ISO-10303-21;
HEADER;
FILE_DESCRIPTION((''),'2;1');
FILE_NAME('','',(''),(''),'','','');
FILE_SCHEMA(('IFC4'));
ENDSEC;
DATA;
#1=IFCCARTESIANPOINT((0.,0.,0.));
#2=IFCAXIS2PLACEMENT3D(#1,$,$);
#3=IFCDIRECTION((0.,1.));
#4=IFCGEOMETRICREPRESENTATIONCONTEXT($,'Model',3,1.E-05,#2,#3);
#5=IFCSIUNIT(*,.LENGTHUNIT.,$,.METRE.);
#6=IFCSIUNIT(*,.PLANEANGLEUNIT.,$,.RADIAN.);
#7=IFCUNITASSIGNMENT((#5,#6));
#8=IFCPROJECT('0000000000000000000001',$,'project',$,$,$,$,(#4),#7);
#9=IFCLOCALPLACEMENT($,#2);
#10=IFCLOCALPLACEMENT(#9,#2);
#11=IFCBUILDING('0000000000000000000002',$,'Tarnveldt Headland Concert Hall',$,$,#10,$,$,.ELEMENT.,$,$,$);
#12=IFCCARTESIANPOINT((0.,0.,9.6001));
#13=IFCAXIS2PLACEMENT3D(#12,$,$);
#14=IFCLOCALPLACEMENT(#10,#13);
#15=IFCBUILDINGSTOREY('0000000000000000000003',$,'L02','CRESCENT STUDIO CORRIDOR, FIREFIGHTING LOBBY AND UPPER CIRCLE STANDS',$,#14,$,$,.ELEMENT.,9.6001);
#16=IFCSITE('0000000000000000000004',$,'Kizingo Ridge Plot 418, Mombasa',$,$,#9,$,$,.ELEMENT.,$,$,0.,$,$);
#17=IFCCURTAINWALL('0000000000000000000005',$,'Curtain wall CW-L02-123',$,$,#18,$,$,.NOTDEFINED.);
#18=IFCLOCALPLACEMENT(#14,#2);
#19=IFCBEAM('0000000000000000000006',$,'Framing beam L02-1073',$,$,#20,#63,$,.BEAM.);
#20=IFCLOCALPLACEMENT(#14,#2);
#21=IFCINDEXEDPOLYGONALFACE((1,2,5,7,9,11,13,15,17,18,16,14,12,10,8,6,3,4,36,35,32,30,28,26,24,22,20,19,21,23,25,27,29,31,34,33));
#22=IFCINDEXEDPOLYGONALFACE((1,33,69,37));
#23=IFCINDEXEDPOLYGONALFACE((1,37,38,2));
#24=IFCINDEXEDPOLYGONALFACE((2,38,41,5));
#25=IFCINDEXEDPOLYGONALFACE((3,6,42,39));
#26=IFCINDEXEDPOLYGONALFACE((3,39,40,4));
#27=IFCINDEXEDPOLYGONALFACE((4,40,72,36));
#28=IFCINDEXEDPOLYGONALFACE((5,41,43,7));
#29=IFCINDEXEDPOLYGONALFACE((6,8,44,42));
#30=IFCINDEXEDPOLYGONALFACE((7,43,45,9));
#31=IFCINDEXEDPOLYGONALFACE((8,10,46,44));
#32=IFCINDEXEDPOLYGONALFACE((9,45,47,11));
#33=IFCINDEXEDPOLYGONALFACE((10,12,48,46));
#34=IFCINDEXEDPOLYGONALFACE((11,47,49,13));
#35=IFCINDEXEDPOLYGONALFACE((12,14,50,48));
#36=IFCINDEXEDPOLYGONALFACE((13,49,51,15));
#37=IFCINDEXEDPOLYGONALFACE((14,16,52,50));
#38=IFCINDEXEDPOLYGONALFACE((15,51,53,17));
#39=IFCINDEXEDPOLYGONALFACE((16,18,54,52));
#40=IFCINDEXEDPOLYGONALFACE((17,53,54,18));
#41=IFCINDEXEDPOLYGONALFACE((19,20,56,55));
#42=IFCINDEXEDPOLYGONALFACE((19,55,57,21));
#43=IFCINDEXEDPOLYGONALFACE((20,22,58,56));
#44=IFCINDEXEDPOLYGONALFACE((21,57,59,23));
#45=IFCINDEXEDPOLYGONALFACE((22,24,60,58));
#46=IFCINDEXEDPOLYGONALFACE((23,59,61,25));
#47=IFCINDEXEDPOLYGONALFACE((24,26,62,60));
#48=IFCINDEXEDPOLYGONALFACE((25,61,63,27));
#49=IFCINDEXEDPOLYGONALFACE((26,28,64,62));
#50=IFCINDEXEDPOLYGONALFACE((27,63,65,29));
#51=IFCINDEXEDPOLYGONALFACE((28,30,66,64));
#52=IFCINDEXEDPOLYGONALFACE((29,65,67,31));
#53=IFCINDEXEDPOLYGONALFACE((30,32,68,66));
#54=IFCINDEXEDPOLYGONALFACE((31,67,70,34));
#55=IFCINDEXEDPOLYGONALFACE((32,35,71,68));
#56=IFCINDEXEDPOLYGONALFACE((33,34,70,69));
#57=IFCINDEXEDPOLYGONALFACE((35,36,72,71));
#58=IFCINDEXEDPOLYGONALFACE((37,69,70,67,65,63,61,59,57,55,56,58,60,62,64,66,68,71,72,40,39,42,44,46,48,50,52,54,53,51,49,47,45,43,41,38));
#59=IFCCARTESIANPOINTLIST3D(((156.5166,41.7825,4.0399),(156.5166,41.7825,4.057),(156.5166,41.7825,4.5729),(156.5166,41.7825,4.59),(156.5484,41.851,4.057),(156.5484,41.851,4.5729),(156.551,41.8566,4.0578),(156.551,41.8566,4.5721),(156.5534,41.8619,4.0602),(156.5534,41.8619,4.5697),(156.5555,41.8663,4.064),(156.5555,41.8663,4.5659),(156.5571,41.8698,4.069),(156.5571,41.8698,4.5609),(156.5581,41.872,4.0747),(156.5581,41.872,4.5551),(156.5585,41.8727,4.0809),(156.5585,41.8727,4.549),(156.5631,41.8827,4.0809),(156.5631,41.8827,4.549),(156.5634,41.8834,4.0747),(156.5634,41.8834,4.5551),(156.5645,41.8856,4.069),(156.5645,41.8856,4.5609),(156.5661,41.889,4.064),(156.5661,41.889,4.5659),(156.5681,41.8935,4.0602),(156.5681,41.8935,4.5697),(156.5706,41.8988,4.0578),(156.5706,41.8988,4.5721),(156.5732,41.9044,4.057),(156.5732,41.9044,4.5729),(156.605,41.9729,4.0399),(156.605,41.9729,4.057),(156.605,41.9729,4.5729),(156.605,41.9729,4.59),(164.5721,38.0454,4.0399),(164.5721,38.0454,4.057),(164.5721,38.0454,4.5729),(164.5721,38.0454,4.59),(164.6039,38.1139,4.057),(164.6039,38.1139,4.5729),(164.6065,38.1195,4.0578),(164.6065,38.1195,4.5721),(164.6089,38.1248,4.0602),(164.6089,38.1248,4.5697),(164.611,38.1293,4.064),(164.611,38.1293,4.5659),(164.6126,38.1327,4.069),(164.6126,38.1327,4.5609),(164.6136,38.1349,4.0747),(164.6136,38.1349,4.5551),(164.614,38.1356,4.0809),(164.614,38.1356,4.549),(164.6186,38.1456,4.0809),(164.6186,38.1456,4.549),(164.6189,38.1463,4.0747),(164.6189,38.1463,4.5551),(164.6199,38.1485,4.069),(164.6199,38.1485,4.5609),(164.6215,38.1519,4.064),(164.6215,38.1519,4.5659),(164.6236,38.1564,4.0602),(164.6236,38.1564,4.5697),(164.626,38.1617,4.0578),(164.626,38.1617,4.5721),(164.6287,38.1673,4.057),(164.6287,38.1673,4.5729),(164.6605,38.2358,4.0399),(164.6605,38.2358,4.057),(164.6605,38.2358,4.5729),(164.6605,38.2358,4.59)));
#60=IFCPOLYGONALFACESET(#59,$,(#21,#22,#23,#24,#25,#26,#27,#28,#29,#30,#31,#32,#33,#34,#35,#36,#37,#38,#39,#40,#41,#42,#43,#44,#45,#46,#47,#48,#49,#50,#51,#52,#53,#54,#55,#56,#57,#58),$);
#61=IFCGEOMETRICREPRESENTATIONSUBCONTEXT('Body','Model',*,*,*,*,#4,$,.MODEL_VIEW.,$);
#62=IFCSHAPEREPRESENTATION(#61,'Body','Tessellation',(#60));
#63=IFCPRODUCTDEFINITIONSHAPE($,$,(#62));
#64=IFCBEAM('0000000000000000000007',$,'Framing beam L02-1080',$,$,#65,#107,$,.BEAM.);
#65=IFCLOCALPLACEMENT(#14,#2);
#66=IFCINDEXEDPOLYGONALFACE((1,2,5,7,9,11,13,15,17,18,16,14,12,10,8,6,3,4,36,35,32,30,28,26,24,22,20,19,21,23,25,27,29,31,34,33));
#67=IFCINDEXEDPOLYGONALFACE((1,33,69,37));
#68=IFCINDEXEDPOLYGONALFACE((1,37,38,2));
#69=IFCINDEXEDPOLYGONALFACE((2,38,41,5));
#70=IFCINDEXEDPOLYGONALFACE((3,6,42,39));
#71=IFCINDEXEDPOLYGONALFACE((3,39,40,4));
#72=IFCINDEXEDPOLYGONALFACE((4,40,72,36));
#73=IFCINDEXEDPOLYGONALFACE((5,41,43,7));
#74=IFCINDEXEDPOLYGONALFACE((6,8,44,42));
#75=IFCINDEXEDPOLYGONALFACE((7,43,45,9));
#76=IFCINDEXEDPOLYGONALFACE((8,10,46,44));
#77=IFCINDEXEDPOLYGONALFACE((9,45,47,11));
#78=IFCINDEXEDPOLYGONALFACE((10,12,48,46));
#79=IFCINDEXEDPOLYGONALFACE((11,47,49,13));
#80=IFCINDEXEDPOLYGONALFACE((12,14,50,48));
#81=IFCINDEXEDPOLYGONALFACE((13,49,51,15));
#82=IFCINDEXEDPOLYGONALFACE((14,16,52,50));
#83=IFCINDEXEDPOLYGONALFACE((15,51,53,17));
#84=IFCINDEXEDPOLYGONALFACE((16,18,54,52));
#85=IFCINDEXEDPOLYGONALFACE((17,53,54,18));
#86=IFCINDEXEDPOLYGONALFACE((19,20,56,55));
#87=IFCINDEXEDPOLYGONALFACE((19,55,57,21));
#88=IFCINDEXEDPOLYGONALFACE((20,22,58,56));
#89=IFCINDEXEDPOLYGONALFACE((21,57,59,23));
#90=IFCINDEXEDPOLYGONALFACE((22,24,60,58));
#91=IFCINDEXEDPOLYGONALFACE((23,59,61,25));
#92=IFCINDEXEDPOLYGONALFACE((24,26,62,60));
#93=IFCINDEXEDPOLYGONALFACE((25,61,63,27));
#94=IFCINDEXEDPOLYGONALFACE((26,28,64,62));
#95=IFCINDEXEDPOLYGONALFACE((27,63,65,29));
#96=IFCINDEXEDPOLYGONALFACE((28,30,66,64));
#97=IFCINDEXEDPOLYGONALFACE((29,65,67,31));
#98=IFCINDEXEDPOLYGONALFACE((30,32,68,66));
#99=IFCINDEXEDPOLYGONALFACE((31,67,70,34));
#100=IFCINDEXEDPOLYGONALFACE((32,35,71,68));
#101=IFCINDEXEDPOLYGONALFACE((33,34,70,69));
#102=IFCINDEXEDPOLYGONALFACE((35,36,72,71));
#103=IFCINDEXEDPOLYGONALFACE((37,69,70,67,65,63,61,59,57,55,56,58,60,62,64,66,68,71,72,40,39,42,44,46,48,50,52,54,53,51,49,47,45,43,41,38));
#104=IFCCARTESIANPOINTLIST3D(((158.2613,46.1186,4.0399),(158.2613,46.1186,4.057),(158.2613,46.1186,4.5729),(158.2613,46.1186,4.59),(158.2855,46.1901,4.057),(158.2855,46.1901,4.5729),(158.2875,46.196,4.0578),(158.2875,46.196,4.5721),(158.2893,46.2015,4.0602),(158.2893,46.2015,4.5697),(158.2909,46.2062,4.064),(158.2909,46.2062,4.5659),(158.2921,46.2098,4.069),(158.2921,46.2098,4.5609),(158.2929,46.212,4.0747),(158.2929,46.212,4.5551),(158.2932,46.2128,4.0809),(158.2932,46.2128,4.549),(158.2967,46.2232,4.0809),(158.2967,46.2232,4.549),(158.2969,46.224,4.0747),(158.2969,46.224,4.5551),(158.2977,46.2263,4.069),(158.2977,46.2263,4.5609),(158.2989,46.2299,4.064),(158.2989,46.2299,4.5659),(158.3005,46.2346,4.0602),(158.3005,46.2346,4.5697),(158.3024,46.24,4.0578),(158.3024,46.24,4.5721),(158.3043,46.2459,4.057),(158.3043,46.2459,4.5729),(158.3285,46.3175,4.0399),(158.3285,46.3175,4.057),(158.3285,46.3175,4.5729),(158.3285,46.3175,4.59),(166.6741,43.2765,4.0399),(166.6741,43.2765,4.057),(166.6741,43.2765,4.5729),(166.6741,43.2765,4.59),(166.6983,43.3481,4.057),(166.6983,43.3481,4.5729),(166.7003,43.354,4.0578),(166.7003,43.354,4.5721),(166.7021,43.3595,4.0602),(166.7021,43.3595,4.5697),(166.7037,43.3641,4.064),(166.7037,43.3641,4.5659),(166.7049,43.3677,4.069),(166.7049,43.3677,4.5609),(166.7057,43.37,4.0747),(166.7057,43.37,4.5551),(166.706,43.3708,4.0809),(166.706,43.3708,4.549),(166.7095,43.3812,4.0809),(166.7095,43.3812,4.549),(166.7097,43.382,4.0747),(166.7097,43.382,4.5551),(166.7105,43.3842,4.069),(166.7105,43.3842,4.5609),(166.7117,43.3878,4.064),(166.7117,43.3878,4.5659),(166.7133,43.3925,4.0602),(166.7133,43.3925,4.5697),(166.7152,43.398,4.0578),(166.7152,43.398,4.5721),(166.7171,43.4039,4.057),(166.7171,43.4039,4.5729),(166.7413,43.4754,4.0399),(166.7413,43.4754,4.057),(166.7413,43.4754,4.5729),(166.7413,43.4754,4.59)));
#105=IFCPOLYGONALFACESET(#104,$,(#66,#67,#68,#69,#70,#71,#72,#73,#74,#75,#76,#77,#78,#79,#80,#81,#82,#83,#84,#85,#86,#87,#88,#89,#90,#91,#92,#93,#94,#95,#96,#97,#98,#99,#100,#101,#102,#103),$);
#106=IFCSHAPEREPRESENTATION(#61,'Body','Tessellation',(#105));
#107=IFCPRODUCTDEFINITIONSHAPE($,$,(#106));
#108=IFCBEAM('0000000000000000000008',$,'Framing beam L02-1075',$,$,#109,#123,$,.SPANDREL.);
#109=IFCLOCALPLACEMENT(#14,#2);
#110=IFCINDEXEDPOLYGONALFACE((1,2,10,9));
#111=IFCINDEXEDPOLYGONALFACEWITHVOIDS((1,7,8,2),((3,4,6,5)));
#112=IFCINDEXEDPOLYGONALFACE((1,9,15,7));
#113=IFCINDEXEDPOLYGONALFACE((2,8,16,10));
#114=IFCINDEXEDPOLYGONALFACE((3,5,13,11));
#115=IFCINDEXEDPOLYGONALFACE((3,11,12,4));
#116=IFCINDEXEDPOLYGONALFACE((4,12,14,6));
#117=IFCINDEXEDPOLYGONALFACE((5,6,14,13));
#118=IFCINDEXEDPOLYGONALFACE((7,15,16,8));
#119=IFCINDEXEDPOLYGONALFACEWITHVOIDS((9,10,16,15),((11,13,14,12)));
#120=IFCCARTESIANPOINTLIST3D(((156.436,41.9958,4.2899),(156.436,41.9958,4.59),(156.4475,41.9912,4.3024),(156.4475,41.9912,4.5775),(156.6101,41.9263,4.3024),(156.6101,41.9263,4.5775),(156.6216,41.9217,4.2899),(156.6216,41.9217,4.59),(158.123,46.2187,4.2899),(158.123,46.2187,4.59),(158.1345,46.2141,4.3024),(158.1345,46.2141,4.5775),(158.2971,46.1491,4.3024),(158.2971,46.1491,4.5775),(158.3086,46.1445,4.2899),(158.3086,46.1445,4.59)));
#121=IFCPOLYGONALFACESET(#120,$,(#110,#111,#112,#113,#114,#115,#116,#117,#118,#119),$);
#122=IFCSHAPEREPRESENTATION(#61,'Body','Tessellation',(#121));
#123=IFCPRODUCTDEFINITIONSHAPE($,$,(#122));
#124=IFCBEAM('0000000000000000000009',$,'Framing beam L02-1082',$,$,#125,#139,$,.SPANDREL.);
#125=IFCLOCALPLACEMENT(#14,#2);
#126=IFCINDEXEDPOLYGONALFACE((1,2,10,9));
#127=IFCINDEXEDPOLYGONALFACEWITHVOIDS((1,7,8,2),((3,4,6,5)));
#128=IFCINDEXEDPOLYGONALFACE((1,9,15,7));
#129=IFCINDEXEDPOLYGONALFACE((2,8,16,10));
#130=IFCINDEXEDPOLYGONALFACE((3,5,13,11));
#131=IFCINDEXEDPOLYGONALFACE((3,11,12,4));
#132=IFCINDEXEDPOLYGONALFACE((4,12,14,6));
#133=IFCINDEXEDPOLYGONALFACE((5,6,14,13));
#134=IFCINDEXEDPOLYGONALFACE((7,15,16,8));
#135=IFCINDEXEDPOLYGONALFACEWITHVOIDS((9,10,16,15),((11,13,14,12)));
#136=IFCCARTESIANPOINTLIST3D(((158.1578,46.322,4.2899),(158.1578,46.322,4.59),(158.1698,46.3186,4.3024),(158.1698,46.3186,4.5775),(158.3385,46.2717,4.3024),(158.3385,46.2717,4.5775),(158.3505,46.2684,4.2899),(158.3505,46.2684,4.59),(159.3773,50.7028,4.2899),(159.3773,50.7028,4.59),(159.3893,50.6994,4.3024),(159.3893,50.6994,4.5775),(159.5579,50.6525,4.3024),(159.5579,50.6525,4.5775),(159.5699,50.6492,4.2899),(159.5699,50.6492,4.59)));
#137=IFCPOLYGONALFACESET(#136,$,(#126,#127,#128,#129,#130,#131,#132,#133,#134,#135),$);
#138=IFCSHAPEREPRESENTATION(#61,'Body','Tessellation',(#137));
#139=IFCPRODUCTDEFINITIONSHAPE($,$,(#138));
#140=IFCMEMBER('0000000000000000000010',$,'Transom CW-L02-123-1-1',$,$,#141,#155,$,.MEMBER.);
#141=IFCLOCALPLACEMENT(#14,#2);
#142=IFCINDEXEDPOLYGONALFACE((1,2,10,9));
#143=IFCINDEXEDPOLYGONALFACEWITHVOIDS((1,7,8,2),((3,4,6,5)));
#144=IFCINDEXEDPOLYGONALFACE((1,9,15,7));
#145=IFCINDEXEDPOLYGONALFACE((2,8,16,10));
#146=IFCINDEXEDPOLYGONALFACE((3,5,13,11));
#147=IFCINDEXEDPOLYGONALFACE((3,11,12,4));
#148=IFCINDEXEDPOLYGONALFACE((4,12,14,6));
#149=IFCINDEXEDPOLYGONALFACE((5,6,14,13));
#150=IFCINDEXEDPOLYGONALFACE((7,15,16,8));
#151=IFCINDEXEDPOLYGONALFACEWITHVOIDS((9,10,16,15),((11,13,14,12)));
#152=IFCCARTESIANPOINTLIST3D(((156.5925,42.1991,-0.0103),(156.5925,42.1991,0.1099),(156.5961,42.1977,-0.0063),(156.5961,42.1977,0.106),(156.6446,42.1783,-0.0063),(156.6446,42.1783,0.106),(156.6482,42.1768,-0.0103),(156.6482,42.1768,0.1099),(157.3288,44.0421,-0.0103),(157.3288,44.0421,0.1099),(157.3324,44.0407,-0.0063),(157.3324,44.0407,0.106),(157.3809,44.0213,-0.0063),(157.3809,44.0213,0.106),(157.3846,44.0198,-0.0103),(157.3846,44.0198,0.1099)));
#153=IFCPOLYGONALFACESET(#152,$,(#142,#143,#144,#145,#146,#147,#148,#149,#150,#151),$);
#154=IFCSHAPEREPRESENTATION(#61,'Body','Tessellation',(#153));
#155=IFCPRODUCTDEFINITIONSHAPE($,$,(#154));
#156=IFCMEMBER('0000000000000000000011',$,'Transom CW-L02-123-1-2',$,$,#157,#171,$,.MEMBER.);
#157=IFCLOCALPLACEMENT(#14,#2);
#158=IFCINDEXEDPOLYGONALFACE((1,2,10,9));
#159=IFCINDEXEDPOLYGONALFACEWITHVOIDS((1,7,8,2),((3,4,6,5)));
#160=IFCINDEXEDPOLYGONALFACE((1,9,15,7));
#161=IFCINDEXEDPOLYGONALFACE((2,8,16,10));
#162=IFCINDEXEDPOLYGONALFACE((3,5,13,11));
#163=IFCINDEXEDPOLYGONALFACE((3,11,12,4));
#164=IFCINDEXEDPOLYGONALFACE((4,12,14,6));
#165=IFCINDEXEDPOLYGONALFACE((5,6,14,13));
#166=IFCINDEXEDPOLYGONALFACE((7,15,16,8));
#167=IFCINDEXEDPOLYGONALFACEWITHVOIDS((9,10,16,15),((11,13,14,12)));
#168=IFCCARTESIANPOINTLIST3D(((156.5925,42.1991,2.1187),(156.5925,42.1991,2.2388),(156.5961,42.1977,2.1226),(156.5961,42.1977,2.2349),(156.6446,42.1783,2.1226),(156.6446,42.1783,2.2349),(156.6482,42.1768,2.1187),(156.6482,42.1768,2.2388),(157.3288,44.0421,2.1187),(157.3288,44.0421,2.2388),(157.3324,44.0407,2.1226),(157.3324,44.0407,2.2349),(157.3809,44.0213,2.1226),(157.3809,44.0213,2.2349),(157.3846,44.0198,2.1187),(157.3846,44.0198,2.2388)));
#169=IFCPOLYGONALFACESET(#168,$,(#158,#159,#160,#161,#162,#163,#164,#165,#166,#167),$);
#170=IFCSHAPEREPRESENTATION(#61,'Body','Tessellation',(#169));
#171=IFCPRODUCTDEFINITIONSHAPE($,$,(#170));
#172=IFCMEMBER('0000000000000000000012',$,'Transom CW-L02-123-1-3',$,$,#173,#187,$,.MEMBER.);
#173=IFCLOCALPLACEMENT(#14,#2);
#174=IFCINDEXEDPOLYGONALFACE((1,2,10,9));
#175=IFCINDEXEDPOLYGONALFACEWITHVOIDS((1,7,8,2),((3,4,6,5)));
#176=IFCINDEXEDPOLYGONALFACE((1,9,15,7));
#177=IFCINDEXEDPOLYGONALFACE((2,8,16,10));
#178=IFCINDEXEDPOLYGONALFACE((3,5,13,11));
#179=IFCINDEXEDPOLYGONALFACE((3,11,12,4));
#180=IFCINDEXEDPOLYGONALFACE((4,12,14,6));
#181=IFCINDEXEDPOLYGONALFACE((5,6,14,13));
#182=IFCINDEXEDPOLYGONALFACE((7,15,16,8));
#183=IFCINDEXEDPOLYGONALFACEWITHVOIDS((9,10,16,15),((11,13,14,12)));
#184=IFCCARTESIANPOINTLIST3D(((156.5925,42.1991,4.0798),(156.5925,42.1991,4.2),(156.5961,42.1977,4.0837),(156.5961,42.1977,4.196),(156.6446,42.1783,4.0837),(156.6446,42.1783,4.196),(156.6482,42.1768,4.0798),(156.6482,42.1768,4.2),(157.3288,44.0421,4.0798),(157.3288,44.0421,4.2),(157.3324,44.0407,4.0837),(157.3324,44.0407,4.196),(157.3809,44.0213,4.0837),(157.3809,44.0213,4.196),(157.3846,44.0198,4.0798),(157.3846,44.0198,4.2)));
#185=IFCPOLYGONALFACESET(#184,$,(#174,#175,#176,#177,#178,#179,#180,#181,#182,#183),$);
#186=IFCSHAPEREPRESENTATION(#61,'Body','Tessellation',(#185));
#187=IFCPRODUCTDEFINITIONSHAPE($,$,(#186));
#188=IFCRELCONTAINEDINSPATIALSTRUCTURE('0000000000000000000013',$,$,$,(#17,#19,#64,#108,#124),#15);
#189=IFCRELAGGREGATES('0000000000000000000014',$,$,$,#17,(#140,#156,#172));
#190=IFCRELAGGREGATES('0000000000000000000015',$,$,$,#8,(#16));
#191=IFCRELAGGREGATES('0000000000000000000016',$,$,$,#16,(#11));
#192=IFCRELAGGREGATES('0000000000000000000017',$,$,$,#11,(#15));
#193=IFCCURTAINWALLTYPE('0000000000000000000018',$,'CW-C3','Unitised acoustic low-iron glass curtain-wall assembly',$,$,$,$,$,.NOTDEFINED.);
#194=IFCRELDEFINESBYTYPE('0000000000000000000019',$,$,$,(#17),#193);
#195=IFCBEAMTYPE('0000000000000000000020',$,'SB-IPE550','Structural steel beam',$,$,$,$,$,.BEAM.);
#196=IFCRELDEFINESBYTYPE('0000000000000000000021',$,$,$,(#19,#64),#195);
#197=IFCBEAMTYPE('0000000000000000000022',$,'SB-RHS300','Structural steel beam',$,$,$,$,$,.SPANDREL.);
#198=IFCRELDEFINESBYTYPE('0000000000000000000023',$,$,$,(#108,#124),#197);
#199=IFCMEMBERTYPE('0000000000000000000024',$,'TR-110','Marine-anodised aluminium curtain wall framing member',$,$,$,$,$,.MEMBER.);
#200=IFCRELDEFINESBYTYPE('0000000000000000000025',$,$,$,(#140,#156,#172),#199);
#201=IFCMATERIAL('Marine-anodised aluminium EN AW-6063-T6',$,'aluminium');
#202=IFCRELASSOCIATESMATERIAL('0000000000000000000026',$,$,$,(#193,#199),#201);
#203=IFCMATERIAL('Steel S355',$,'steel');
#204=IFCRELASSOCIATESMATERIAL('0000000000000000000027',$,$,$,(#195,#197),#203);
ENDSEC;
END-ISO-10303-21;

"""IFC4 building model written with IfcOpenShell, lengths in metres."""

from ifc_helpers import new_model, si_unit, direction, frame, origin, origin_2d, place, context, subcontext, project, spatial, hollow_rectangle, i_section, extrude, material, material_profile, profile_set, type_object, element, aggregate, save


model = new_model("IFC4")

# Units and contexts
model_context = context("Model", 3, precision=1e-05, world=origin(), true_north=direction((0.0, 1.0)))
body_context = subcontext(model_context, "Body", "Model", "MODEL_VIEW")
ifc_project = project(units=[si_unit("LENGTHUNIT", "METRE"), si_unit("PLANEANGLEUNIT", "RADIAN")], contexts=[model_context])

# Site, building, storey
site_placement = place(None, origin())
site = spatial("IfcSite", under=ifc_project, at=site_placement, Name="Kizingo Ridge Plot 418, Mombasa", CompositionType="ELEMENT", RefElevation=0.0)
building_placement = place(site_placement, origin())
building = spatial("IfcBuilding", under=site, at=building_placement, Name="Tarnveldt Headland Concert Hall", CompositionType="ELEMENT")
storey_placement = place(building_placement, frame((0.0, 0.0, 9.6001)))
storey = spatial("IfcBuildingStorey", under=building, at=storey_placement, Name="L02", Description="CRESCENT STUDIO CORRIDOR, FIREFIGHTING LOBBY AND UPPER CIRCLE STANDS", CompositionType="ELEMENT", Elevation=9.6001)

# Shared definitions
ifc_material_1 = material(Name="Steel S355", Category="steel")

# Curtain wall
ifc_material_2 = material(Name="Marine-anodised aluminium EN AW-6063-T6", Category="aluminium")
curtain_wall_type = type_object("IfcCurtainWallType", Name="CW-C3", Description="Unitised acoustic low-iron glass curtain-wall assembly", PredefinedType="NOTDEFINED", material=ifc_material_2)
curtain_wall_1_placement = place(storey_placement, origin())
curtain_wall_1 = element("IfcCurtainWall", 1, at=curtain_wall_1_placement, inside=storey, type_object=curtain_wall_type, Name="Curtain wall CW-L02-123", PredefinedType="NOTDEFINED")

# Beams
ifc_material_profile_1 = material_profile(ifc_material_1, i_section(OverallWidth=0.21, OverallDepth=0.55, WebThickness=0.011, FlangeThickness=0.0171, FilletRadius=0.0239, at=origin_2d()), Name="IPE550", Category="steel")
ifc_profile_set_1 = profile_set([ifc_material_profile_1], Name="Steel S355")
beam_type_1 = type_object("IfcBeamType", Name="SB-IPE550", Description="Structural steel beam", PredefinedType="BEAM", material=ifc_profile_set_1)
beam_1_placement = place(storey_placement, frame((156.5608, 41.8777, 4.3149), z_axis=(0.907136, -0.420837, 0.0), x_axis=(0.420837, 0.907136, 0.0)))
element("IfcBeam", 2, at=beam_1_placement, inside=storey, type_object=beam_type_1, Name="Framing beam L02-1073", PredefinedType="BEAM", context=body_context, shape_type="SweptSolid", body=[
    extrude(i_section(OverallWidth=0.21, OverallDepth=0.55, WebThickness=0.011, FlangeThickness=0.0171, FilletRadius=0.0239, at=origin_2d()), origin(), (0.0, 0.0, 1.0), 8.8801),
])
beam_2_placement = place(storey_placement, frame((158.2949, 46.218, 4.3149), z_axis=(0.9474, -0.320052, 0.0), x_axis=(0.320052, 0.9474, 0.0)))
element("IfcBeam", 3, at=beam_2_placement, inside=storey, type_object=beam_type_1, Name="Framing beam L02-1080", PredefinedType="BEAM", context=body_context, shape_type="SweptSolid", body=[
    extrude(i_section(OverallWidth=0.21, OverallDepth=0.55, WebThickness=0.011, FlangeThickness=0.0171, FilletRadius=0.0239, at=origin_2d()), origin(), (0.0, 0.0, 1.0), 8.8799),
])
ifc_material_profile_2 = material_profile(ifc_material_1, hollow_rectangle(XDim=0.2, YDim=0.3, WallThickness=0.0125, at=origin_2d()), Name="RHS 300x200x12.5", Category="steel")
ifc_profile_set_2 = profile_set([ifc_material_profile_2], Name="Steel S355")
beam_type_2 = type_object("IfcBeamType", Name="SB-RHS300", Description="Structural steel beam", PredefinedType="SPANDREL", material=ifc_profile_set_2)
for number, where, z_axis, x_axis, name in (
    (4, (156.5288, 41.9587, 4.4399), (0.370983, 0.92864, 0.0), (-0.92864, 0.370983, 0.0), "Framing beam L02-1075"),
    (5, (158.2542, 46.2952, 4.4399), (0.26817, 0.963372, 0.0), (-0.963372, 0.26817, 0.0), "Framing beam L02-1082"),
):
    element("IfcBeam", number, at=place(storey_placement, frame(where, z_axis=z_axis, x_axis=x_axis)), inside=storey, type_object=beam_type_2, Name=name, PredefinedType="SPANDREL", context=body_context, shape_type="SweptSolid", body=[
        extrude(hollow_rectangle(XDim=0.2, YDim=0.3, WallThickness=0.0125, at=origin_2d()), origin(), (0.0, 0.0, 1.0), 4.5474),
    ])

# Members
ifc_material_profile_3 = material_profile(ifc_material_2, hollow_rectangle(XDim=0.0601, YDim=0.1201, WallThickness=0.0039, at=origin_2d()), Name="ALU TRANSOM 60x120x4", Category="aluminium")
ifc_profile_set_3 = profile_set([ifc_material_profile_3], Name="Marine-anodised aluminium EN AW-6063-T6")
member_type_1 = type_object("IfcMemberType", Name="TR-110", Description="Marine-anodised aluminium curtain wall framing member", PredefinedType="MEMBER", material=ifc_profile_set_3)
member_1_placement = place(storey_placement, frame((156.6204, 42.188, 0.0498), z_axis=(0.371009, 0.928629, 0.0), x_axis=(-0.928629, 0.371009, 0.0)))
member_1 = element("IfcMember", 6, at=member_1_placement, type_object=member_type_1, Name="Transom CW-L02-123-1-1", PredefinedType="MEMBER", context=body_context, shape_type="SweptSolid", body=[
    extrude(hollow_rectangle(XDim=0.0601, YDim=0.1201, WallThickness=0.0039, at=origin_2d()), origin(), (0.0, 0.0, 1.0), 1.9846),
])
member_2_placement = place(storey_placement, frame((156.6204, 42.188, 2.1787), z_axis=(0.371009, 0.928629, 0.0), x_axis=(-0.928629, 0.371009, 0.0)))
member_2 = element("IfcMember", 7, at=member_2_placement, type_object=member_type_1, Name="Transom CW-L02-123-1-2", PredefinedType="MEMBER", context=body_context, shape_type="SweptSolid", body=[
    extrude(hollow_rectangle(XDim=0.0601, YDim=0.1201, WallThickness=0.0039, at=origin_2d()), origin(), (0.0, 0.0, 1.0), 1.9846),
])
member_3_placement = place(storey_placement, frame((156.6204, 42.188, 4.1399), z_axis=(0.371009, 0.928629, 0.0), x_axis=(-0.928629, 0.371009, 0.0)))
member_3 = element("IfcMember", 8, at=member_3_placement, type_object=member_type_1, Name="Transom CW-L02-123-1-3", PredefinedType="MEMBER", context=body_context, shape_type="SweptSolid", body=[
    extrude(hollow_rectangle(XDim=0.0601, YDim=0.1201, WallThickness=0.0039, at=origin_2d()), origin(), (0.0, 0.0, 1.0), 1.9846),
])

aggregate(curtain_wall_1, [member_1, member_2, member_3])

save(model, "model.ifc")
